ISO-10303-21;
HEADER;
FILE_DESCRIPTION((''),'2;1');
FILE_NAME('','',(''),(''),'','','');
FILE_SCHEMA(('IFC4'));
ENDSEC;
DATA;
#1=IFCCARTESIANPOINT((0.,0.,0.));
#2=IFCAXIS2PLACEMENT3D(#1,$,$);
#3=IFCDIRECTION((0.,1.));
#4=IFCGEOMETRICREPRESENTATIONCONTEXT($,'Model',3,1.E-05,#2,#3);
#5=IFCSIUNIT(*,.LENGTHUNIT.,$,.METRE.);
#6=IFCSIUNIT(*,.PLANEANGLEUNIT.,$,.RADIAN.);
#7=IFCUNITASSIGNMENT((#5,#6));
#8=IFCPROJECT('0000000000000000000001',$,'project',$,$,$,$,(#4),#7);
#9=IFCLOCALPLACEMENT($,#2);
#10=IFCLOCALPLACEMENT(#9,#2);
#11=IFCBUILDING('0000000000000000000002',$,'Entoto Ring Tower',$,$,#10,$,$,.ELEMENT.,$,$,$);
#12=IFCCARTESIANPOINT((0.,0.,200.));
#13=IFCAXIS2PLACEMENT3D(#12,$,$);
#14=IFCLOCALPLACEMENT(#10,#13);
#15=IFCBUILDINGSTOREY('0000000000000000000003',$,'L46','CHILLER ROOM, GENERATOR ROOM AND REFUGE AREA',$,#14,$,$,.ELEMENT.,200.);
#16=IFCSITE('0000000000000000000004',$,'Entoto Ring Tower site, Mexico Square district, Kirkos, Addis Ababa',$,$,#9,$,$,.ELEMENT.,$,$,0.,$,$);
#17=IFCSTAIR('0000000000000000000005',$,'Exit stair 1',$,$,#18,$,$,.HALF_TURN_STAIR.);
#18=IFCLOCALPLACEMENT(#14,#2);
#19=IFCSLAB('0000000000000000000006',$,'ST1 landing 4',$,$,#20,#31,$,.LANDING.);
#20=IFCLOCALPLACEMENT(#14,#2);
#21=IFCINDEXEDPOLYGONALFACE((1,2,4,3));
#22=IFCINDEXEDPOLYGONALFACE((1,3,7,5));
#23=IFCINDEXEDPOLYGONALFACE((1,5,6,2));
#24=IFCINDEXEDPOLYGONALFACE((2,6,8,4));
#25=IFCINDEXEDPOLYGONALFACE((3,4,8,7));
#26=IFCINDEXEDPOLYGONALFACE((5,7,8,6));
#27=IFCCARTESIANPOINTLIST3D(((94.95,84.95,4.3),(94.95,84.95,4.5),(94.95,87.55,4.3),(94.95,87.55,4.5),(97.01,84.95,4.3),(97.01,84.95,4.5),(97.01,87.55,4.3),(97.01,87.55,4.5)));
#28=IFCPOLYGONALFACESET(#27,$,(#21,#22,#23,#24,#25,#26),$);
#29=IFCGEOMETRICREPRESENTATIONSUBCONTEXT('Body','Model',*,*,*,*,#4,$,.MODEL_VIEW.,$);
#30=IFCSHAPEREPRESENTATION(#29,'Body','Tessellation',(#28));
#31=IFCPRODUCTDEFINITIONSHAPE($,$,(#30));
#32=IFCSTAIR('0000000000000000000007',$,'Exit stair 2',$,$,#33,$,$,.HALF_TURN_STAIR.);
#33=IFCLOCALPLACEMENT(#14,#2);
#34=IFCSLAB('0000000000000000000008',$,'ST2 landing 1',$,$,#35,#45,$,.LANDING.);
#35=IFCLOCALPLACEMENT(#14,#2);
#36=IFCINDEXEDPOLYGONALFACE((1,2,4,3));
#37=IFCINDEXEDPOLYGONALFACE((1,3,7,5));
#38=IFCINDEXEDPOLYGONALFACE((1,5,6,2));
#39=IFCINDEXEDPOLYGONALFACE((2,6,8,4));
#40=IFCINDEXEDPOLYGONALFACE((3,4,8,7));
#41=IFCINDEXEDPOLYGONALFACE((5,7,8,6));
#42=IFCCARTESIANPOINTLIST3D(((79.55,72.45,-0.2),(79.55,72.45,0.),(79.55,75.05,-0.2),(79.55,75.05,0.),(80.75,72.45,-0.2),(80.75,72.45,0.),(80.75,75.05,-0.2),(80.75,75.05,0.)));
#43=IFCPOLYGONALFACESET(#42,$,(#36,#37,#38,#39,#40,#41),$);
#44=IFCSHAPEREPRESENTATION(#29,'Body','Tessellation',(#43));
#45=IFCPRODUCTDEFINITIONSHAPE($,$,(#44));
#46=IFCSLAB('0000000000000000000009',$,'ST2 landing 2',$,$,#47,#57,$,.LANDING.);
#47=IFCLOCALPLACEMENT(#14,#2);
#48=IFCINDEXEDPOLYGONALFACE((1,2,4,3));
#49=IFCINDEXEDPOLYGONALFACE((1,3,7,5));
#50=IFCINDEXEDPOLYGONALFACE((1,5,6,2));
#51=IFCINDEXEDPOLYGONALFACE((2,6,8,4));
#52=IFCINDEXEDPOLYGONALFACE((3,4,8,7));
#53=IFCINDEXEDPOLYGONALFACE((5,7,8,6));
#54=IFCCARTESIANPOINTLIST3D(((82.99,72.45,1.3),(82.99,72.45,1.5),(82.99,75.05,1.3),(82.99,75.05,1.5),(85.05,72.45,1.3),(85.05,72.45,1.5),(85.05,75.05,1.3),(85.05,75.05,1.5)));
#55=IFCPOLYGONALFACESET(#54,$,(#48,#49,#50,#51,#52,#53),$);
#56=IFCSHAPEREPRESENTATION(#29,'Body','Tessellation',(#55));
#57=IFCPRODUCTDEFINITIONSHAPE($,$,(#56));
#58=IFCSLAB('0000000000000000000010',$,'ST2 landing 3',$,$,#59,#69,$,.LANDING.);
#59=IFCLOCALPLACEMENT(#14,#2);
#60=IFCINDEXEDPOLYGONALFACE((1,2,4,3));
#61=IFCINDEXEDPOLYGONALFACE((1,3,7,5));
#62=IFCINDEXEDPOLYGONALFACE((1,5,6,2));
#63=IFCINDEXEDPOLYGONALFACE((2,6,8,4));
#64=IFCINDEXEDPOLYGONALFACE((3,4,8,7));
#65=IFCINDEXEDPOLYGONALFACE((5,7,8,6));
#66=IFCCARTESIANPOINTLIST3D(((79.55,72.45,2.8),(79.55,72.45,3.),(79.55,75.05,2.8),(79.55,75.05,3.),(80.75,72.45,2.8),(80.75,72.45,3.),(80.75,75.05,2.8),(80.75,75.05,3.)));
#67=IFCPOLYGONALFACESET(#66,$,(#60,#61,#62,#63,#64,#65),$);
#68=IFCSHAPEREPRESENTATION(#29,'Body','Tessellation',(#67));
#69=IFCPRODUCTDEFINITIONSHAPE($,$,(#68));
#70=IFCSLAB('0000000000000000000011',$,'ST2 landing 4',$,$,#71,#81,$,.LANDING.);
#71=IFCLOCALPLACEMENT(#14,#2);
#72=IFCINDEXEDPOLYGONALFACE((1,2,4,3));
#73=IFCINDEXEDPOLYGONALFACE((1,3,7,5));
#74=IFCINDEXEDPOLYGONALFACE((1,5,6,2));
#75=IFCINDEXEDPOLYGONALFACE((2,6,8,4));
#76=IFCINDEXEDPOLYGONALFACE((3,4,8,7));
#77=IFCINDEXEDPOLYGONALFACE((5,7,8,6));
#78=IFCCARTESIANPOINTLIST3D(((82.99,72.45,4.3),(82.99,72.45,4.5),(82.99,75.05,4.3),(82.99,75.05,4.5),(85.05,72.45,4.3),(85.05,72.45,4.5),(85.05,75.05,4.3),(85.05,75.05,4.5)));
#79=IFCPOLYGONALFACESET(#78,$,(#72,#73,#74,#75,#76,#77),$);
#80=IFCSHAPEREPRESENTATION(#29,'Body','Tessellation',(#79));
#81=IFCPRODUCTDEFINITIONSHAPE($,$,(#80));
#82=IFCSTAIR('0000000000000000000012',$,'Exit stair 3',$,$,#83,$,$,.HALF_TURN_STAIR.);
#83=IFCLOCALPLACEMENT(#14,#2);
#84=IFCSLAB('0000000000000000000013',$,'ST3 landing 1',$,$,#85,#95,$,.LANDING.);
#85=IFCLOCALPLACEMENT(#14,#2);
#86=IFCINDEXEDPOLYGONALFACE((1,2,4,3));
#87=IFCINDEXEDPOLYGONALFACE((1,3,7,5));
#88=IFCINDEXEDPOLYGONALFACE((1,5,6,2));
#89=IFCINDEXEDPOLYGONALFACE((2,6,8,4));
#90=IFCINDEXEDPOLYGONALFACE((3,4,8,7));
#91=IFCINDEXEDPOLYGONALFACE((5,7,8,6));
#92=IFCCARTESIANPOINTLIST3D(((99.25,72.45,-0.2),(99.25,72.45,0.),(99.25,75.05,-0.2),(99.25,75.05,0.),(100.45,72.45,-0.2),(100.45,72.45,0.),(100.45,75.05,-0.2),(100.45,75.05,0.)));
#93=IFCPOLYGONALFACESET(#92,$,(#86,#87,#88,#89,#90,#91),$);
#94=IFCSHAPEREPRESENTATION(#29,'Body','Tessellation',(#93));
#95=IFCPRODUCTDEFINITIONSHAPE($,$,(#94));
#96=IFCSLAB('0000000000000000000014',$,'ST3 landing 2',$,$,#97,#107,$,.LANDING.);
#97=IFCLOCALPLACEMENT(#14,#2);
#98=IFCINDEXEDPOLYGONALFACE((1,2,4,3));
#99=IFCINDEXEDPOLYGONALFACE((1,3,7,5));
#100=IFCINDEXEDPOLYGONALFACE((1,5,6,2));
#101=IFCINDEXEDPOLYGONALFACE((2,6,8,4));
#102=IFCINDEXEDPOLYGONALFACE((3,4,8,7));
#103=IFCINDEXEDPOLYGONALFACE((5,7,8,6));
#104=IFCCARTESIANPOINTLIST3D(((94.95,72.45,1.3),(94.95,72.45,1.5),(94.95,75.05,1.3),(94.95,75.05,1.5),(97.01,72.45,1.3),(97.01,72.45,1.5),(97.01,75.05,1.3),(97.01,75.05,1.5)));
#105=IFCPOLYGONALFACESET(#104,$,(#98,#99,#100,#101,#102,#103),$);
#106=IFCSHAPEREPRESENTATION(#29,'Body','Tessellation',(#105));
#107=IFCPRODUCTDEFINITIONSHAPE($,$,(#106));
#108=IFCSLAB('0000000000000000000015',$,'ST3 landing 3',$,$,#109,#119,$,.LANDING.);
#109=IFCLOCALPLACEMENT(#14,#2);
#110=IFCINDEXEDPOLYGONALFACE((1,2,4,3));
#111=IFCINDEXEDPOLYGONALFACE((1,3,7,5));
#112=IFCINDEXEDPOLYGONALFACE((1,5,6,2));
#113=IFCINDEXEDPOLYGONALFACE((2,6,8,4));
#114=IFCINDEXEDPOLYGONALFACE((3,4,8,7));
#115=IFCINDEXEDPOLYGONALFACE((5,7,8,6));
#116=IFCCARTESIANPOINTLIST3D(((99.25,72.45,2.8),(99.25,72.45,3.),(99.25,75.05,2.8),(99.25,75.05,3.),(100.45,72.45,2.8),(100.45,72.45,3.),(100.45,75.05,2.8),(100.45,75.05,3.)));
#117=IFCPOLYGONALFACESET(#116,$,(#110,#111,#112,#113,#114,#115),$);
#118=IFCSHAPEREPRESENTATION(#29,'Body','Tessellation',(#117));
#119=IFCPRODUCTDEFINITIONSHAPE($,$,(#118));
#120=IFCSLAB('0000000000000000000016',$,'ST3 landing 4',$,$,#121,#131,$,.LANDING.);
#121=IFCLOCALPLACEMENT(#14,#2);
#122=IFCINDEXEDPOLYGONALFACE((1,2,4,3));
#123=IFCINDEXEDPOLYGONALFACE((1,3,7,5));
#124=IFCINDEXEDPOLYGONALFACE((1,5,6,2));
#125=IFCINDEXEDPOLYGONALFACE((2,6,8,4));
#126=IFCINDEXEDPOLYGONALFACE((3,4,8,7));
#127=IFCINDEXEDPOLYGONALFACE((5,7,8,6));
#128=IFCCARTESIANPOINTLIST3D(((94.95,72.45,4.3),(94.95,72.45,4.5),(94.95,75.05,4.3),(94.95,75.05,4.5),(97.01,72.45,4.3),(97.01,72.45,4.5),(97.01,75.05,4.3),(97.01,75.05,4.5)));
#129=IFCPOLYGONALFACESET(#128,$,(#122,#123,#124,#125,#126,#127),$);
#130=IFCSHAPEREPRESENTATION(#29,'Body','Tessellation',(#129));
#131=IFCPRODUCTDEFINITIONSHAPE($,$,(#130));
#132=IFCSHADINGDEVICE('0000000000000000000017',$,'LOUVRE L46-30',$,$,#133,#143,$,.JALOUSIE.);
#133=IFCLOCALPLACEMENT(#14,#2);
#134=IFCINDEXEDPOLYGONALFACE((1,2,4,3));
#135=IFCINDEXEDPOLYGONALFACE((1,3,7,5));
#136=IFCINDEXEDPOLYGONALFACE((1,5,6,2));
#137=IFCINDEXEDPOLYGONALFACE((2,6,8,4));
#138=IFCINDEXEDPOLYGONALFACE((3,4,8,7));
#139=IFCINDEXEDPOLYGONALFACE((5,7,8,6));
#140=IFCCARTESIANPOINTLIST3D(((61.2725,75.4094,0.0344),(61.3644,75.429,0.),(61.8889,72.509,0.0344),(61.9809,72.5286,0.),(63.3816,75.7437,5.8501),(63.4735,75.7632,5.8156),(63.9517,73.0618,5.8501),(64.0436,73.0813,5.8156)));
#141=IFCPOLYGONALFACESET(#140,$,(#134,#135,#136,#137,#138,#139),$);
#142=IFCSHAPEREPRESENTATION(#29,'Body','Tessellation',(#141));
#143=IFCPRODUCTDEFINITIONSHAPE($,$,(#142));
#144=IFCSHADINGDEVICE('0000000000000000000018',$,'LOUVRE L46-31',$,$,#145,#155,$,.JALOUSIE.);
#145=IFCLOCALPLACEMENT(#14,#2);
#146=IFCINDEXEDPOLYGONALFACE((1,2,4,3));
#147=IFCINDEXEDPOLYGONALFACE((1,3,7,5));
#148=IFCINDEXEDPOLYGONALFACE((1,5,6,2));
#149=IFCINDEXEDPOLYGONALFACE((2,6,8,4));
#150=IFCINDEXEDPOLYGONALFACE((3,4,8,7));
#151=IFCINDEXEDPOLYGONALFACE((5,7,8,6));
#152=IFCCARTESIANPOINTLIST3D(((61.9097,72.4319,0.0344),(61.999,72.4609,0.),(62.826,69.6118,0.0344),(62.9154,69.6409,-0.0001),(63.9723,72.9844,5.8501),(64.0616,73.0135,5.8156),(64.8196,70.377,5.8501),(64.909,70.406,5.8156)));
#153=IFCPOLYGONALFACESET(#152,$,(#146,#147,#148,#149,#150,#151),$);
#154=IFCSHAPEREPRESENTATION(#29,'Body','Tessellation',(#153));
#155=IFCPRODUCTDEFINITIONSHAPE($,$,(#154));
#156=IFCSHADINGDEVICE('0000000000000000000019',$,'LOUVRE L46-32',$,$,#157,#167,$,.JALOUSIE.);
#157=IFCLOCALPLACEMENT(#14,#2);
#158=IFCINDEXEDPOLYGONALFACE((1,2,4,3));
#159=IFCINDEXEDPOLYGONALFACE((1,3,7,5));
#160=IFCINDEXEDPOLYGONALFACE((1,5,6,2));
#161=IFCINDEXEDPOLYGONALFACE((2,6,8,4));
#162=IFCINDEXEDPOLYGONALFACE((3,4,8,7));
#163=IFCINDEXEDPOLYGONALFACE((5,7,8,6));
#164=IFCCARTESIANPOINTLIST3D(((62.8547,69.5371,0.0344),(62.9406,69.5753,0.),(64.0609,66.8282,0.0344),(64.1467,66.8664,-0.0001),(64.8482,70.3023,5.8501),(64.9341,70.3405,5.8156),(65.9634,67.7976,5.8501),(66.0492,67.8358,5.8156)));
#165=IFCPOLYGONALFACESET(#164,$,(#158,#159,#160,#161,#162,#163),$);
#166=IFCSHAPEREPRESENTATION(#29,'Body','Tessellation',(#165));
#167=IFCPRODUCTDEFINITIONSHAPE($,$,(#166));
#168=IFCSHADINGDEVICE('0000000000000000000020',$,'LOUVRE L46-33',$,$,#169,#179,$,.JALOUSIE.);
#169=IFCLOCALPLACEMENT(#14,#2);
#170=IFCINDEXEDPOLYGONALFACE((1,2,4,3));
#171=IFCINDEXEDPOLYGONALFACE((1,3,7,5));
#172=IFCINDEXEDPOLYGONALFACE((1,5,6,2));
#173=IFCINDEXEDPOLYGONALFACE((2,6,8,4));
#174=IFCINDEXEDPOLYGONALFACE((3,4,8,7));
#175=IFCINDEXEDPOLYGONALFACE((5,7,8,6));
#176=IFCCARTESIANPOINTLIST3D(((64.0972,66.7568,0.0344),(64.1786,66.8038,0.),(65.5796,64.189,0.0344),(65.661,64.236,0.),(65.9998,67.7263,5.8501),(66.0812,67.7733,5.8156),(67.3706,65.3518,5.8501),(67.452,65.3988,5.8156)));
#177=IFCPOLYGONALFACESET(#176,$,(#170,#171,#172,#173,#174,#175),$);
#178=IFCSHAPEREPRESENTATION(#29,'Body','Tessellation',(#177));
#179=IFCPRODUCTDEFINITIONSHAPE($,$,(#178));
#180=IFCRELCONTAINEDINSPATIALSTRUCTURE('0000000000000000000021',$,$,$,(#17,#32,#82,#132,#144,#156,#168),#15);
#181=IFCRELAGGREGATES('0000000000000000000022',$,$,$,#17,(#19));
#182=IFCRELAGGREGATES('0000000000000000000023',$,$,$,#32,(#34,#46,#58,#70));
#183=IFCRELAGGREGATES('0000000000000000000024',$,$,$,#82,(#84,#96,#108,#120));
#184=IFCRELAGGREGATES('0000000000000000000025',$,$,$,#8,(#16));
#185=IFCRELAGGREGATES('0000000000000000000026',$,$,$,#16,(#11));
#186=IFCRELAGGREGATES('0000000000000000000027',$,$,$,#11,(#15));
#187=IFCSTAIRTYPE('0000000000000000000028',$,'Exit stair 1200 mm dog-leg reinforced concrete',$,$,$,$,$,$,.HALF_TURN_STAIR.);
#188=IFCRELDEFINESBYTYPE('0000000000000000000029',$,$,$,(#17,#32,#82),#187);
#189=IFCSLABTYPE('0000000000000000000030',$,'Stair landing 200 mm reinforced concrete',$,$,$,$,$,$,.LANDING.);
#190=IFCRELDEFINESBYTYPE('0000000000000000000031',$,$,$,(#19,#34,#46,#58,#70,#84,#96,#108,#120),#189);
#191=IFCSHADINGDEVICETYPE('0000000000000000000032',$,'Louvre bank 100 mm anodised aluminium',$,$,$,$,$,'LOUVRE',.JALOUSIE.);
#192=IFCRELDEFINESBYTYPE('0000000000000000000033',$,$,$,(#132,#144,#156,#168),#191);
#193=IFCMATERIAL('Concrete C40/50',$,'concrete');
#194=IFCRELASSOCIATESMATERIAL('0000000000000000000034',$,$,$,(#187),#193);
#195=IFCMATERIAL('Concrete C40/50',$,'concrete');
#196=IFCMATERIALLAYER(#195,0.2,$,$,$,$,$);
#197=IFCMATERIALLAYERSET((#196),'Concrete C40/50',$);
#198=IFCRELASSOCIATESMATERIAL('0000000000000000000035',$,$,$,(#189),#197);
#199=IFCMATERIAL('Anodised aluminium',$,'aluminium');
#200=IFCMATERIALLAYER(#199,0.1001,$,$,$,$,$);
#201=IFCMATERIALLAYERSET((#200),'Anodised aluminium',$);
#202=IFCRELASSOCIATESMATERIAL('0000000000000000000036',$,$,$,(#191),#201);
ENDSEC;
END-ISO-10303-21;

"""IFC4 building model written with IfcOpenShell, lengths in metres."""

from ifc_helpers import new_model, si_unit, direction, frame, origin, place, context, subcontext, project, spatial, polyline, outline, extrude, material, layer, layer_set, type_object, element, aggregate, save


model = new_model("IFC4")

# Units and contexts
model_context = context("Model", 3, precision=1e-05, world=origin(), true_north=direction((0.0, 1.0)))
body_context = subcontext(model_context, "Body", "Model", "MODEL_VIEW")
ifc_project = project(units=[si_unit("LENGTHUNIT", "METRE"), si_unit("PLANEANGLEUNIT", "RADIAN")], contexts=[model_context])

# Site, building, storey
site_placement = place(None, origin())
site = spatial("IfcSite", under=ifc_project, at=site_placement, Name="Entoto Ring Tower site, Mexico Square district, Kirkos, Addis Ababa", CompositionType="ELEMENT", RefElevation=0.0)
building_placement = place(site_placement, origin())
building = spatial("IfcBuilding", under=site, at=building_placement, Name="Entoto Ring Tower", CompositionType="ELEMENT")
storey_placement = place(building_placement, frame((0.0, 0.0, 200.0)))
storey = spatial("IfcBuildingStorey", under=building, at=storey_placement, Name="L46", Description="CHILLER ROOM, GENERATOR ROOM AND REFUGE AREA", CompositionType="ELEMENT", Elevation=200.0)

# Stairs, slabs
ifc_material_1 = material(Name="Concrete C40/50", Category="concrete")
stair_type = type_object("IfcStairType", Name="Exit stair 1200 mm dog-leg reinforced concrete", PredefinedType="HALF_TURN_STAIR", material=ifc_material_1)
stair_1_placement = place(storey_placement, origin())
stair_1 = element("IfcStair", 1, at=stair_1_placement, inside=storey, type_object=stair_type, Name="Exit stair 1", PredefinedType="HALF_TURN_STAIR")
ifc_material_2 = material(Name="Concrete C40/50", Category="concrete")
ifc_layer_1 = layer(ifc_material_2, 0.2)
ifc_layer_set_1 = layer_set([ifc_layer_1], Name="Concrete C40/50")
slab_type_1 = type_object("IfcSlabType", Name="Stair landing 200 mm reinforced concrete", PredefinedType="LANDING", material=ifc_layer_set_1)
slab_1_placement = place(storey_placement, frame((0.0, 0.0, 4.3)))
slab_1 = element("IfcSlab", 2, at=slab_1_placement, type_object=slab_type_1, Name="ST1 landing 4", PredefinedType="LANDING", context=body_context, shape_type="SweptSolid", body=[
    extrude(outline(polyline([(94.95, 84.95), (97.01, 84.95), (97.01, 87.55), (94.95, 87.55), (94.95, 84.95)])), origin(), (0.0, 0.0, 1.0), 0.2),
])
aggregate(stair_1, [slab_1])
stair_2_placement = place(storey_placement, origin())
stair_2 = element("IfcStair", 3, at=stair_2_placement, inside=storey, type_object=stair_type, Name="Exit stair 2", PredefinedType="HALF_TURN_STAIR")
slab_2_placement = place(storey_placement, frame((0.0, 0.0, -0.2)))
slab_2 = element("IfcSlab", 4, at=slab_2_placement, type_object=slab_type_1, Name="ST2 landing 1", PredefinedType="LANDING", context=body_context, shape_type="SweptSolid", body=[
    extrude(outline(polyline([(80.75, 72.45), (80.75, 75.05), (79.55, 75.05), (79.55, 72.45), (80.75, 72.45)])), origin(), (0.0, 0.0, 1.0), 0.2),
])
slab_3_placement = place(storey_placement, frame((0.0, 0.0, 1.3)))
slab_3 = element("IfcSlab", 5, at=slab_3_placement, type_object=slab_type_1, Name="ST2 landing 2", PredefinedType="LANDING", context=body_context, shape_type="SweptSolid", body=[
    extrude(outline(polyline([(82.99, 72.45), (85.05, 72.45), (85.05, 75.05), (82.99, 75.05), (82.99, 72.45)])), origin(), (0.0, 0.0, 1.0), 0.2),
])
slab_4_placement = place(storey_placement, frame((0.0, 0.0, 2.8)))
slab_4 = element("IfcSlab", 6, at=slab_4_placement, type_object=slab_type_1, Name="ST2 landing 3", PredefinedType="LANDING", context=body_context, shape_type="SweptSolid", body=[
    extrude(outline(polyline([(79.55, 72.45), (80.75, 72.45), (80.75, 75.05), (79.55, 75.05), (79.55, 72.45)])), origin(), (0.0, 0.0, 1.0), 0.2),
])
slab_5_placement = place(storey_placement, frame((0.0, 0.0, 4.3)))
slab_5 = element("IfcSlab", 7, at=slab_5_placement, type_object=slab_type_1, Name="ST2 landing 4", PredefinedType="LANDING", context=body_context, shape_type="SweptSolid", body=[
    extrude(outline(polyline([(82.99, 72.45), (85.05, 72.45), (85.05, 75.05), (82.99, 75.05), (82.99, 72.45)])), origin(), (0.0, 0.0, 1.0), 0.2),
])
aggregate(stair_2, [slab_2, slab_3, slab_4, slab_5])
stair_3_placement = place(storey_placement, origin())
stair_3 = element("IfcStair", 8, at=stair_3_placement, inside=storey, type_object=stair_type, Name="Exit stair 3", PredefinedType="HALF_TURN_STAIR")
slab_6_placement = place(storey_placement, frame((0.0, 0.0, -0.2)))
slab_6 = element("IfcSlab", 9, at=slab_6_placement, type_object=slab_type_1, Name="ST3 landing 1", PredefinedType="LANDING", context=body_context, shape_type="SweptSolid", body=[
    extrude(outline(polyline([(100.45, 72.45), (100.45, 75.05), (99.25, 75.05), (99.25, 72.45), (100.45, 72.45)])), origin(), (0.0, 0.0, 1.0), 0.2),
])
slab_7_placement = place(storey_placement, frame((0.0, 0.0, 1.3)))
slab_7 = element("IfcSlab", 10, at=slab_7_placement, type_object=slab_type_1, Name="ST3 landing 2", PredefinedType="LANDING", context=body_context, shape_type="SweptSolid", body=[
    extrude(outline(polyline([(94.95, 72.45), (97.01, 72.45), (97.01, 75.05), (94.95, 75.05), (94.95, 72.45)])), origin(), (0.0, 0.0, 1.0), 0.2),
])
slab_8_placement = place(storey_placement, frame((0.0, 0.0, 2.8)))
slab_8 = element("IfcSlab", 11, at=slab_8_placement, type_object=slab_type_1, Name="ST3 landing 3", PredefinedType="LANDING", context=body_context, shape_type="SweptSolid", body=[
    extrude(outline(polyline([(99.25, 72.45), (100.45, 72.45), (100.45, 75.05), (99.25, 75.05), (99.25, 72.45)])), origin(), (0.0, 0.0, 1.0), 0.2),
])
slab_9_placement = place(storey_placement, frame((0.0, 0.0, 4.3)))
slab_9 = element("IfcSlab", 12, at=slab_9_placement, type_object=slab_type_1, Name="ST3 landing 4", PredefinedType="LANDING", context=body_context, shape_type="SweptSolid", body=[
    extrude(outline(polyline([(94.95, 72.45), (97.01, 72.45), (97.01, 75.05), (94.95, 75.05), (94.95, 72.45)])), origin(), (0.0, 0.0, 1.0), 0.2),
])
aggregate(stair_3, [slab_6, slab_7, slab_8, slab_9])

# Shading devices
ifc_material_3 = material(Name="Anodised aluminium", Category="aluminium")
ifc_layer_2 = layer(ifc_material_3, 0.1001)
ifc_layer_set_2 = layer_set([ifc_layer_2], Name="Anodised aluminium")
shading_device_type = type_object("IfcShadingDeviceType", Name="Louvre bank 100 mm anodised aluminium", ElementType="LOUVRE", PredefinedType="JALOUSIE", material=ifc_layer_set_2)
shading_device_1_placement = place(storey_placement, frame((61.2725, 75.4094, 0.0344), z_axis=(-0.918353, -0.195198, 0.344275), x_axis=(0.207906, -0.978149, -0.000003)))
element("IfcShadingDevice", 13, at=shading_device_1_placement, inside=storey, type_object=shading_device_type, Name="LOUVRE L46-30", PredefinedType="JALOUSIE", context=body_context, shape_type="SweptSolid", body=[
    extrude(outline(polyline([(0.0, 0.0), (2.9652, 0.0), (2.8534, 6.1944), (0.1116, 6.1943), (0.0, 0.0)])), origin(), (0.0, 0.0, -1.0), 0.1001),
])
shading_device_2_placement = place(storey_placement, frame((61.9097, 72.4319, 0.0344), z_axis=(-0.892917, -0.290155, 0.344253), x_axis=(0.30904, -0.951049, -0.000013)))
element("IfcShadingDevice", 14, at=shading_device_2_placement, inside=storey, type_object=shading_device_type, Name="LOUVRE L46-31", PredefinedType="JALOUSIE", context=body_context, shape_type="SweptSolid", body=[
    extrude(outline(polyline([(0.0, 0.0), (2.9652, 0.0), (2.8535, 6.1943), (0.1119, 6.1942), (0.0, 0.0)])), origin(), (0.0, 0.0, -1.0), 0.1001),
])
shading_device_3_placement = place(storey_placement, frame((62.8547, 69.5371, 0.0344), z_axis=(-0.857707, -0.381881, 0.344246), x_axis=(0.406739, -0.913544, -0.000008)))
element("IfcShadingDevice", 15, at=shading_device_3_placement, inside=storey, type_object=shading_device_type, Name="LOUVRE L46-32", PredefinedType="JALOUSIE", context=body_context, shape_type="SweptSolid", body=[
    extrude(outline(polyline([(0.0, 0.0), (2.9653, 0.0), (2.8535, 6.1943), (0.1118, 6.1942), (0.0, 0.0)])), origin(), (0.0, 0.0, -1.0), 0.1001),
])
shading_device_4_placement = place(storey_placement, frame((64.0972, 66.7568, 0.0344), z_axis=(-0.813104, -0.469411, 0.344261), x_axis=(0.499971, -0.866042, -0.000003)))
element("IfcShadingDevice", 16, at=shading_device_4_placement, inside=storey, type_object=shading_device_type, Name="LOUVRE L46-33", PredefinedType="JALOUSIE", context=body_context, shape_type="SweptSolid", body=[
    extrude(outline(polyline([(0.0, 0.0), (2.9651, 0.0), (2.8534, 6.1943), (0.1116, 6.1943), (0.0, 0.0)])), origin(), (0.0, 0.0, -1.0), 0.1001),
])

save(model, "model.ifc")
